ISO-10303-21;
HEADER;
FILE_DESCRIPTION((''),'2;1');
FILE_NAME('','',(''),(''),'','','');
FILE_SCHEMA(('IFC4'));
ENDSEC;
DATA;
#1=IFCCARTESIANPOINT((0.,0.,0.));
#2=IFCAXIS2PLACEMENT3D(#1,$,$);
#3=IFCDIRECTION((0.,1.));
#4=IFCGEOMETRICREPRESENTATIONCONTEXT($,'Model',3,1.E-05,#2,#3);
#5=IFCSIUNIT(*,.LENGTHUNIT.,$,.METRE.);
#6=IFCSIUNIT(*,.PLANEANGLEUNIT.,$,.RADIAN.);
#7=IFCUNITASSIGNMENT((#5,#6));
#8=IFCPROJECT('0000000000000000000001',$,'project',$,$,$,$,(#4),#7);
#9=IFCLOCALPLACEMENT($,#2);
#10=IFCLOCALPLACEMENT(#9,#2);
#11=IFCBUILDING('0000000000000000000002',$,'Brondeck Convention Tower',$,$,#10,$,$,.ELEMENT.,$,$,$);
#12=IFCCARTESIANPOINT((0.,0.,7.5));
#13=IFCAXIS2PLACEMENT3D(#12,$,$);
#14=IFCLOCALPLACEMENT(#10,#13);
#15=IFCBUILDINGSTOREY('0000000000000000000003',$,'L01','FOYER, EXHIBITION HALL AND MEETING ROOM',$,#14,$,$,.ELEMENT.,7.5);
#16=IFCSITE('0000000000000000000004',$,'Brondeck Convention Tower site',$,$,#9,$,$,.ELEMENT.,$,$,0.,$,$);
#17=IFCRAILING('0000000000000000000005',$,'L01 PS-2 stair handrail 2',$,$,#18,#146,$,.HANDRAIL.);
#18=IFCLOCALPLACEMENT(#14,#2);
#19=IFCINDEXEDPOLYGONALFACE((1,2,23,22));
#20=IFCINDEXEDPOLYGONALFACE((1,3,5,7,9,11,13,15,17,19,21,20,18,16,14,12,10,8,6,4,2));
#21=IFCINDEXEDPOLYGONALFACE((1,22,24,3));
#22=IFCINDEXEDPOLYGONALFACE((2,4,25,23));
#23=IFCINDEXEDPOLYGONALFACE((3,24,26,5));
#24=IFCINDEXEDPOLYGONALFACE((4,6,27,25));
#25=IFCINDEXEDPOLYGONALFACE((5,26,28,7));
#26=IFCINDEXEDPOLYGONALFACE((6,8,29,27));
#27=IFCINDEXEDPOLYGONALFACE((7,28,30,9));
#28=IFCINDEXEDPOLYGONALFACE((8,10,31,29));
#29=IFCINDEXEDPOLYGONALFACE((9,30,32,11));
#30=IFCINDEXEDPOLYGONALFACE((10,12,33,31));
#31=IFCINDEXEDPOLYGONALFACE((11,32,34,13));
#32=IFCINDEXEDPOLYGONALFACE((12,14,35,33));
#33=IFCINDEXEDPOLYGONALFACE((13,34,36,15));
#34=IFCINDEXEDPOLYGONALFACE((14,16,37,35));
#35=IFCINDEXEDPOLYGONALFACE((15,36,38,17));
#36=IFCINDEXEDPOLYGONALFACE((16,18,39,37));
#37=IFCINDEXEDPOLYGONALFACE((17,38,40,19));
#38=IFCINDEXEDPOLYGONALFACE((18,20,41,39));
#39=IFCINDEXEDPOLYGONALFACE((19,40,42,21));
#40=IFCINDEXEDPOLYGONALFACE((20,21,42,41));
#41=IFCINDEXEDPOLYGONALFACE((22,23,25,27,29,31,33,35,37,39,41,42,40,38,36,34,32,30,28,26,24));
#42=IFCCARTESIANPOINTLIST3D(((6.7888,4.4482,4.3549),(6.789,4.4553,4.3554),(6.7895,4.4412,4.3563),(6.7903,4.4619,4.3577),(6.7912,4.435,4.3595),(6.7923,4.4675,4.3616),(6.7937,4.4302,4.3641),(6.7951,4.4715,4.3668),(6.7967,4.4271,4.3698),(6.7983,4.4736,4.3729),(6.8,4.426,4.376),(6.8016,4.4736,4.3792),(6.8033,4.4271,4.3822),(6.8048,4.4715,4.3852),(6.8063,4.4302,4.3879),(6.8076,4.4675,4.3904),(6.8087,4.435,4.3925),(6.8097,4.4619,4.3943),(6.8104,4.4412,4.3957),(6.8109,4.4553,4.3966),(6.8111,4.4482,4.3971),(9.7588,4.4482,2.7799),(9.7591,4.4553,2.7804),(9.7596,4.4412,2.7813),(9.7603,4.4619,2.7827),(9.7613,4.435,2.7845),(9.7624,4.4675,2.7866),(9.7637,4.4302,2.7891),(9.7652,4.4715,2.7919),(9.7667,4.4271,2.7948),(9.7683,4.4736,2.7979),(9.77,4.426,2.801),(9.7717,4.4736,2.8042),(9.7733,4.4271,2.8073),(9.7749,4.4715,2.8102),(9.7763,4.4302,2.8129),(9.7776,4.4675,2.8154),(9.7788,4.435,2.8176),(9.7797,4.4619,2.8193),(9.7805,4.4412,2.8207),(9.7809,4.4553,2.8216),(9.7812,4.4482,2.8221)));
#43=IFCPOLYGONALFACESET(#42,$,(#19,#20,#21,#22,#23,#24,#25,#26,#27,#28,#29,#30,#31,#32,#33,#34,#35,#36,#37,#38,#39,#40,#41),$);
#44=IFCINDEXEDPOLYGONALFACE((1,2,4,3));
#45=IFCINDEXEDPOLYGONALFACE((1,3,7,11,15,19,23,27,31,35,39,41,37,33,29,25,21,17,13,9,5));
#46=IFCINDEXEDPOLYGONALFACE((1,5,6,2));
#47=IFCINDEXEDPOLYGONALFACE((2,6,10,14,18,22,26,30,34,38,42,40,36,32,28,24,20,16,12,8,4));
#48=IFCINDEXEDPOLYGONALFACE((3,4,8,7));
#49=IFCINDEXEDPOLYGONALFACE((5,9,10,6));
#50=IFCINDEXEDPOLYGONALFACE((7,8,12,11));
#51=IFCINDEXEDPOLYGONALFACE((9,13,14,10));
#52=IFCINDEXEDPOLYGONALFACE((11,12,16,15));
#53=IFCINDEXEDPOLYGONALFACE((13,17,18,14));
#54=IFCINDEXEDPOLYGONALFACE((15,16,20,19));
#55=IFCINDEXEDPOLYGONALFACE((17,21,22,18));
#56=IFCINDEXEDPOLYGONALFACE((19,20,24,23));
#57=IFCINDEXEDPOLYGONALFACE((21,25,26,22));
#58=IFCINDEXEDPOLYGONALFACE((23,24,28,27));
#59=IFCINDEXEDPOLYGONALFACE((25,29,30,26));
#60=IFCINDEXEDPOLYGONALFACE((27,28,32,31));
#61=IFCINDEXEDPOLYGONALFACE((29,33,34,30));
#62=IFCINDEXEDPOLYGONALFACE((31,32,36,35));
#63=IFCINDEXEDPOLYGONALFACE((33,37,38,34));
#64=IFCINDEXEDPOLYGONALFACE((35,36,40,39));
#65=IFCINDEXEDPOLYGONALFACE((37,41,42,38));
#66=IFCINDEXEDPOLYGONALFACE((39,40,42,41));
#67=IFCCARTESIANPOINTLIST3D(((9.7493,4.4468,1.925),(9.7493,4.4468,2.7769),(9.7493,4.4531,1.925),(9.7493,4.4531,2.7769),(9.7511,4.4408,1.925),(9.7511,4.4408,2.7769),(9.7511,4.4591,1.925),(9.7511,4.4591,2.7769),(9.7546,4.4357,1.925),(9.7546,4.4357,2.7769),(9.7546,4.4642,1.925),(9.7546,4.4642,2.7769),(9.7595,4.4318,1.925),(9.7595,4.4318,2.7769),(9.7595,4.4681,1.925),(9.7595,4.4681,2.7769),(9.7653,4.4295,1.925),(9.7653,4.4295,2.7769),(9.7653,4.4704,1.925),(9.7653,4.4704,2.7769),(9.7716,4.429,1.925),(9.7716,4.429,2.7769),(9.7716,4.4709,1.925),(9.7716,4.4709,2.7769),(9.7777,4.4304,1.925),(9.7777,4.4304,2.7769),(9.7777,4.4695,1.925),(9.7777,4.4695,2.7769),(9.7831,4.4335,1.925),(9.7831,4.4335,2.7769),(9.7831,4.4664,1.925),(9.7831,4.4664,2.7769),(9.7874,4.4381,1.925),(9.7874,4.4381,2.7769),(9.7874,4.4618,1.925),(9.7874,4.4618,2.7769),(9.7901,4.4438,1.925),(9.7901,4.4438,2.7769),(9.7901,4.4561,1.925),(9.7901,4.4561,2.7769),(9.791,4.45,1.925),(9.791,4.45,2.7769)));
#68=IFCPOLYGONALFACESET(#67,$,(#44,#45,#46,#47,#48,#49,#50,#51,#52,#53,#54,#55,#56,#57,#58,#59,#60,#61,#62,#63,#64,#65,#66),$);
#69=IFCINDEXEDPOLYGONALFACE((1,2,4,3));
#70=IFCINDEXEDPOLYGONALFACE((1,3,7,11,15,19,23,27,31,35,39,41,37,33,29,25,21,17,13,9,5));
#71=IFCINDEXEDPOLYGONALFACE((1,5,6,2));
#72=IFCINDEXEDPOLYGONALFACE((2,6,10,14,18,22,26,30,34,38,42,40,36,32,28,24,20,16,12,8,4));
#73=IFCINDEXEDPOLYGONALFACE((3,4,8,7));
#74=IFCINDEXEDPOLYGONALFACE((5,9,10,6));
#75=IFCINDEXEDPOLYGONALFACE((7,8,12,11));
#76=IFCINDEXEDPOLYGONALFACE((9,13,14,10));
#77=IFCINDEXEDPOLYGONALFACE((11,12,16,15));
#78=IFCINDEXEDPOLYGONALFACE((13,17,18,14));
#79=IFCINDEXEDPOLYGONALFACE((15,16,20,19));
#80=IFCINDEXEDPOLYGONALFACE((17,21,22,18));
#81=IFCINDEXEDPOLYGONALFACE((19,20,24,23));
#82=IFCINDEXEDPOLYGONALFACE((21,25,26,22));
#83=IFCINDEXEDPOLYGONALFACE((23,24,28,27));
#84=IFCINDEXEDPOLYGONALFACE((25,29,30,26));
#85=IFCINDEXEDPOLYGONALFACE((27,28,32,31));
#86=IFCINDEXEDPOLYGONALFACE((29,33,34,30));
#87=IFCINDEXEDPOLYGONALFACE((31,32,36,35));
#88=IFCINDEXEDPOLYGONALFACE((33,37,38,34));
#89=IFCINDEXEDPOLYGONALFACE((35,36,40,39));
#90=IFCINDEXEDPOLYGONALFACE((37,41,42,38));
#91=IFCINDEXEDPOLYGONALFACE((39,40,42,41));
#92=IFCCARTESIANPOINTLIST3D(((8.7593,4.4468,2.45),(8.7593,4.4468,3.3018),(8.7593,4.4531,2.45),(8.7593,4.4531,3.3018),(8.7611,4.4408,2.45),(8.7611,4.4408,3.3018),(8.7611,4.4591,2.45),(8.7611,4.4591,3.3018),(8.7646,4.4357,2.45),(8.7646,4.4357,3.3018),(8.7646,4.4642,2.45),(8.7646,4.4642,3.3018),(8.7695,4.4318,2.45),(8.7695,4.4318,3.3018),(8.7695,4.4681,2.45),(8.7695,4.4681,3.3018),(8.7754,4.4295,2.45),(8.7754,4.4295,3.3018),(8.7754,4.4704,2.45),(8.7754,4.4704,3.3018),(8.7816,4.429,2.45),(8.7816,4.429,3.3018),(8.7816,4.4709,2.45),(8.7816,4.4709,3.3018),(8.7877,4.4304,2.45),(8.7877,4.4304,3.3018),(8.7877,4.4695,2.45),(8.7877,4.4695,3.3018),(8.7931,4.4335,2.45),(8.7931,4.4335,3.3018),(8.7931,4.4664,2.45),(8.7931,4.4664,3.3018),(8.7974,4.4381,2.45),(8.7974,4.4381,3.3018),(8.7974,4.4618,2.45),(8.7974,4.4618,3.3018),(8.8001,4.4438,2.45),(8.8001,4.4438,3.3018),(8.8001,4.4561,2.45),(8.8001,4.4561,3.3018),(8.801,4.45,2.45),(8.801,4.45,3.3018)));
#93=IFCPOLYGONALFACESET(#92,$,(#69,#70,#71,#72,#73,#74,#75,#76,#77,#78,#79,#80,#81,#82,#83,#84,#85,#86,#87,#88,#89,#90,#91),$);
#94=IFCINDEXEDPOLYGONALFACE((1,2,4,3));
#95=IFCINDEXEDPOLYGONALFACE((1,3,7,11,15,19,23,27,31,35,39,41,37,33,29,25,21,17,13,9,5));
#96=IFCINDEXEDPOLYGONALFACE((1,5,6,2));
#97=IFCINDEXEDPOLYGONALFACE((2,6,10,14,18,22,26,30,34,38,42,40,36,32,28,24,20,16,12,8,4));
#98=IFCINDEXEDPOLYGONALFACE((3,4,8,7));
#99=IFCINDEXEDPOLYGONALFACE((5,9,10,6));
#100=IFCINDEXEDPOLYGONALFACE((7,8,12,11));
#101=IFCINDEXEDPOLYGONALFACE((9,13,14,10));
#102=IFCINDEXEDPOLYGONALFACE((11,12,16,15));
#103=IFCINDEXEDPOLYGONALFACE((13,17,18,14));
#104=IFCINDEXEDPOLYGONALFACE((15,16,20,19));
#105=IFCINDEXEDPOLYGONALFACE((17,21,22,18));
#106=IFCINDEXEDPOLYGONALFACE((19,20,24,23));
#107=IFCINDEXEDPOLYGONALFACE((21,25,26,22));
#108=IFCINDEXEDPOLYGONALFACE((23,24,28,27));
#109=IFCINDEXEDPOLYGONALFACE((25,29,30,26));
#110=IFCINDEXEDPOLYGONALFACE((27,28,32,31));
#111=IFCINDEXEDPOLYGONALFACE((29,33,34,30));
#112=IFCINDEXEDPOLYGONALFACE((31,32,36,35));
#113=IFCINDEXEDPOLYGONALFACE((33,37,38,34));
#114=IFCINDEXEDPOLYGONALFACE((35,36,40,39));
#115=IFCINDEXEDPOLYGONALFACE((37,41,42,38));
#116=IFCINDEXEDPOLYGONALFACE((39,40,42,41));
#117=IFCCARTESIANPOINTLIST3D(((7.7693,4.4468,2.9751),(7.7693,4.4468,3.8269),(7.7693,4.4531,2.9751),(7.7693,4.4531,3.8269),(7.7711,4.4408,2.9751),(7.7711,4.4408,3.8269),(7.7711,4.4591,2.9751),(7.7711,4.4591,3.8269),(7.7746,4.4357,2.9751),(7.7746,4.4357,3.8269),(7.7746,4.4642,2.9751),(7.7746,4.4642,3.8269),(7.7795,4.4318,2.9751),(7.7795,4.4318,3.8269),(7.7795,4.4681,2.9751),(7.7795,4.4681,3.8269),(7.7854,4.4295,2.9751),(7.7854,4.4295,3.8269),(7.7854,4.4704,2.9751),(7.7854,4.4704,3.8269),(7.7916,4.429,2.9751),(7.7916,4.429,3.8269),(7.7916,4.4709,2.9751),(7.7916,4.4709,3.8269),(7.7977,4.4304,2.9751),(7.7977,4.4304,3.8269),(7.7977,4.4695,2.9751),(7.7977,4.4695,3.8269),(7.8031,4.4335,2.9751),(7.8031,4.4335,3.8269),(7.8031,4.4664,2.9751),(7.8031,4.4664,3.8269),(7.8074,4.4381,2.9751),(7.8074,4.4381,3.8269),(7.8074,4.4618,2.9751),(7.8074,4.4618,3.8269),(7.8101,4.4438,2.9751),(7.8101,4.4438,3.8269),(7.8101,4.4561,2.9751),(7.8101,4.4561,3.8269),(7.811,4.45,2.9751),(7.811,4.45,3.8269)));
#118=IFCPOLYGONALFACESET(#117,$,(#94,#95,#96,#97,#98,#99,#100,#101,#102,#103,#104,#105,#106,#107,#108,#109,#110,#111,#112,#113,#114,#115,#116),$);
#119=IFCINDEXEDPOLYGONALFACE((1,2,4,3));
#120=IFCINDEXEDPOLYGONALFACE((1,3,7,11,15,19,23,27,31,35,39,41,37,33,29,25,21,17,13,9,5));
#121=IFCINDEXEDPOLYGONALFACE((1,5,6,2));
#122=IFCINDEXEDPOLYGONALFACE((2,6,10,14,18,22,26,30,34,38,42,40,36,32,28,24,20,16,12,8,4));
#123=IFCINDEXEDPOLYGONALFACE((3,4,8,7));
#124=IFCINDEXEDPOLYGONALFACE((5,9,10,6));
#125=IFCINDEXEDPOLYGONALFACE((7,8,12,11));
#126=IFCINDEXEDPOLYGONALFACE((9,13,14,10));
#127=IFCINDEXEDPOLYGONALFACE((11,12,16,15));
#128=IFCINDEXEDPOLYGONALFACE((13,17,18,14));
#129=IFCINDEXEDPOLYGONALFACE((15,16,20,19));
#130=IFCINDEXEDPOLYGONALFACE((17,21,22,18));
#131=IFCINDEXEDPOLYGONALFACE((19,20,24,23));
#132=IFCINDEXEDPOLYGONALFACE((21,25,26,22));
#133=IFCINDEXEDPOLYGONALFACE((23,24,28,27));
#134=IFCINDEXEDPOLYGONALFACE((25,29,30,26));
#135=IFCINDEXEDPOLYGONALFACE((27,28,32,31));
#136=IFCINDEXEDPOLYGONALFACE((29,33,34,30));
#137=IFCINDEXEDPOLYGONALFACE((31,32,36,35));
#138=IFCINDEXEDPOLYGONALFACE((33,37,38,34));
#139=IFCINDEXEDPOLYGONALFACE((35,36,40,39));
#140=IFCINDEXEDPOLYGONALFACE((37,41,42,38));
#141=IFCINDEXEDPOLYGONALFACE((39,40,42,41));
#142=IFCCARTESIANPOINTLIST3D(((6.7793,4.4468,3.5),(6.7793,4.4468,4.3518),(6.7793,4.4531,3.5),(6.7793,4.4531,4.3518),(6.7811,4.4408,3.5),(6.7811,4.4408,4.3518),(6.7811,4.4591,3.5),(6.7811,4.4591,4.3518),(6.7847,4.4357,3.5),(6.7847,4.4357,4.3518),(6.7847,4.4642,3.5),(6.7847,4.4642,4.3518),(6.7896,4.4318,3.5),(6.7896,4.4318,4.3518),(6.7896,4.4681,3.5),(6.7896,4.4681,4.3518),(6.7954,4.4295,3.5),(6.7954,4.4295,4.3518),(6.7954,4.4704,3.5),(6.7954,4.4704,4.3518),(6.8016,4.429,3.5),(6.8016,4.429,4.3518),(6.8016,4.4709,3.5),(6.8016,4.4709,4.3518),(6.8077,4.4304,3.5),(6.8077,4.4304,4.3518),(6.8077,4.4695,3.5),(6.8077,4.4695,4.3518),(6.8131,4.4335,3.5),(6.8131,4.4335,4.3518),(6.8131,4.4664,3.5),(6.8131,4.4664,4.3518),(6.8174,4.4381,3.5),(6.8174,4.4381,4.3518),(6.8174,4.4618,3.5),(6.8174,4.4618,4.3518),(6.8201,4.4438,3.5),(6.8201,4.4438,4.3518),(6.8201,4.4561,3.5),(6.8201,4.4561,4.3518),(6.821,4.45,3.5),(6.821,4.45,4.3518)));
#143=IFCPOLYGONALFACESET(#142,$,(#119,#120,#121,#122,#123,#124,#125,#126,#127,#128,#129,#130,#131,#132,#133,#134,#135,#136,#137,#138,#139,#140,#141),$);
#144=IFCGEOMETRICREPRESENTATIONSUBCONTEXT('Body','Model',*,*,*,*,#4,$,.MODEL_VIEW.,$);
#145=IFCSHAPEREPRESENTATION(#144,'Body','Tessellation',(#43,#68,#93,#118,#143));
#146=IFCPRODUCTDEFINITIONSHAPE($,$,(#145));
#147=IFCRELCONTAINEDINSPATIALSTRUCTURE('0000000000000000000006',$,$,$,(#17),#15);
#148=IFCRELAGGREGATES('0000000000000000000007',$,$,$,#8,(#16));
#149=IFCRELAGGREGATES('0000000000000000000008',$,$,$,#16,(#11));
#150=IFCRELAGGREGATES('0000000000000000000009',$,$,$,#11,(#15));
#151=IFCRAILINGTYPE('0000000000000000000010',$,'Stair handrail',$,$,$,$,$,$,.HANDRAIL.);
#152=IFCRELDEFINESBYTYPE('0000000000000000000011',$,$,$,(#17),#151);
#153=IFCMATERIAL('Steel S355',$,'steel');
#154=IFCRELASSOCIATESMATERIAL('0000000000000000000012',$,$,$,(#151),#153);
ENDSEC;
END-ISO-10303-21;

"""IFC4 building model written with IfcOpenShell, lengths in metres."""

from ifc_helpers import new_model, si_unit, direction, frame, origin, origin_2d, place, context, subcontext, project, spatial, circle, extrude, material, type_object, element, save


model = new_model("IFC4")

# Units and contexts
model_context = context("Model", 3, precision=1e-05, world=origin(), true_north=direction((0.0, 1.0)))
body_context = subcontext(model_context, "Body", "Model", "MODEL_VIEW")
ifc_project = project(units=[si_unit("LENGTHUNIT", "METRE"), si_unit("PLANEANGLEUNIT", "RADIAN")], contexts=[model_context])

# Site, building, storey
site_placement = place(None, origin())
site = spatial("IfcSite", under=ifc_project, at=site_placement, Name="Brondeck Convention Tower site", CompositionType="ELEMENT", RefElevation=0.0)
building_placement = place(site_placement, origin())
building = spatial("IfcBuilding", under=site, at=building_placement, Name="Brondeck Convention Tower", CompositionType="ELEMENT")
storey_placement = place(building_placement, frame((0.0, 0.0, 7.5)))
storey = spatial("IfcBuildingStorey", under=building, at=storey_placement, Name="L01", Description="FOYER, EXHIBITION HALL AND MEETING ROOM", CompositionType="ELEMENT", Elevation=7.5)

# Railing
ifc_material_1 = material(Name="Steel S355", Category="steel")
railing_type_1 = type_object("IfcRailingType", Name="Stair handrail", PredefinedType="HANDRAIL", material=ifc_material_1)
railing_1_placement = place(storey_placement, frame((9.77, 4.45, 1.925)))
element("IfcRailing", 1, at=railing_1_placement, inside=storey, type_object=railing_type_1, Name="L01 PS-2 stair handrail 2", PredefinedType="HANDRAIL", context=body_context, shape_type="SweptSolid", body=[
    extrude(circle(Radius=0.0239, at=origin_2d()), frame((0.0, 0.0, 0.876), z_axis=(-0.883466, 0.0, 0.468495), x_axis=(0.0, -1.0, 0.0)), (0.0, 0.0, 1.0), 3.3618),
    extrude(circle(Radius=0.021, at=origin_2d()), origin(), (0.0, 0.0, 1.0), 0.8518),
    extrude(circle(Radius=0.021, at=origin_2d()), frame((-0.99, 0.0, 0.5249)), (0.0, 0.0, 1.0), 0.8518),
    extrude(circle(Radius=0.021, at=origin_2d()), frame((-1.98, 0.0, 1.05)), (0.0, 0.0, 1.0), 0.8518),
    extrude(circle(Radius=0.021, at=origin_2d()), frame((-2.97, 0.0, 1.575)), (0.0, 0.0, 1.0), 0.8518),
])

save(model, "model.ifc")
